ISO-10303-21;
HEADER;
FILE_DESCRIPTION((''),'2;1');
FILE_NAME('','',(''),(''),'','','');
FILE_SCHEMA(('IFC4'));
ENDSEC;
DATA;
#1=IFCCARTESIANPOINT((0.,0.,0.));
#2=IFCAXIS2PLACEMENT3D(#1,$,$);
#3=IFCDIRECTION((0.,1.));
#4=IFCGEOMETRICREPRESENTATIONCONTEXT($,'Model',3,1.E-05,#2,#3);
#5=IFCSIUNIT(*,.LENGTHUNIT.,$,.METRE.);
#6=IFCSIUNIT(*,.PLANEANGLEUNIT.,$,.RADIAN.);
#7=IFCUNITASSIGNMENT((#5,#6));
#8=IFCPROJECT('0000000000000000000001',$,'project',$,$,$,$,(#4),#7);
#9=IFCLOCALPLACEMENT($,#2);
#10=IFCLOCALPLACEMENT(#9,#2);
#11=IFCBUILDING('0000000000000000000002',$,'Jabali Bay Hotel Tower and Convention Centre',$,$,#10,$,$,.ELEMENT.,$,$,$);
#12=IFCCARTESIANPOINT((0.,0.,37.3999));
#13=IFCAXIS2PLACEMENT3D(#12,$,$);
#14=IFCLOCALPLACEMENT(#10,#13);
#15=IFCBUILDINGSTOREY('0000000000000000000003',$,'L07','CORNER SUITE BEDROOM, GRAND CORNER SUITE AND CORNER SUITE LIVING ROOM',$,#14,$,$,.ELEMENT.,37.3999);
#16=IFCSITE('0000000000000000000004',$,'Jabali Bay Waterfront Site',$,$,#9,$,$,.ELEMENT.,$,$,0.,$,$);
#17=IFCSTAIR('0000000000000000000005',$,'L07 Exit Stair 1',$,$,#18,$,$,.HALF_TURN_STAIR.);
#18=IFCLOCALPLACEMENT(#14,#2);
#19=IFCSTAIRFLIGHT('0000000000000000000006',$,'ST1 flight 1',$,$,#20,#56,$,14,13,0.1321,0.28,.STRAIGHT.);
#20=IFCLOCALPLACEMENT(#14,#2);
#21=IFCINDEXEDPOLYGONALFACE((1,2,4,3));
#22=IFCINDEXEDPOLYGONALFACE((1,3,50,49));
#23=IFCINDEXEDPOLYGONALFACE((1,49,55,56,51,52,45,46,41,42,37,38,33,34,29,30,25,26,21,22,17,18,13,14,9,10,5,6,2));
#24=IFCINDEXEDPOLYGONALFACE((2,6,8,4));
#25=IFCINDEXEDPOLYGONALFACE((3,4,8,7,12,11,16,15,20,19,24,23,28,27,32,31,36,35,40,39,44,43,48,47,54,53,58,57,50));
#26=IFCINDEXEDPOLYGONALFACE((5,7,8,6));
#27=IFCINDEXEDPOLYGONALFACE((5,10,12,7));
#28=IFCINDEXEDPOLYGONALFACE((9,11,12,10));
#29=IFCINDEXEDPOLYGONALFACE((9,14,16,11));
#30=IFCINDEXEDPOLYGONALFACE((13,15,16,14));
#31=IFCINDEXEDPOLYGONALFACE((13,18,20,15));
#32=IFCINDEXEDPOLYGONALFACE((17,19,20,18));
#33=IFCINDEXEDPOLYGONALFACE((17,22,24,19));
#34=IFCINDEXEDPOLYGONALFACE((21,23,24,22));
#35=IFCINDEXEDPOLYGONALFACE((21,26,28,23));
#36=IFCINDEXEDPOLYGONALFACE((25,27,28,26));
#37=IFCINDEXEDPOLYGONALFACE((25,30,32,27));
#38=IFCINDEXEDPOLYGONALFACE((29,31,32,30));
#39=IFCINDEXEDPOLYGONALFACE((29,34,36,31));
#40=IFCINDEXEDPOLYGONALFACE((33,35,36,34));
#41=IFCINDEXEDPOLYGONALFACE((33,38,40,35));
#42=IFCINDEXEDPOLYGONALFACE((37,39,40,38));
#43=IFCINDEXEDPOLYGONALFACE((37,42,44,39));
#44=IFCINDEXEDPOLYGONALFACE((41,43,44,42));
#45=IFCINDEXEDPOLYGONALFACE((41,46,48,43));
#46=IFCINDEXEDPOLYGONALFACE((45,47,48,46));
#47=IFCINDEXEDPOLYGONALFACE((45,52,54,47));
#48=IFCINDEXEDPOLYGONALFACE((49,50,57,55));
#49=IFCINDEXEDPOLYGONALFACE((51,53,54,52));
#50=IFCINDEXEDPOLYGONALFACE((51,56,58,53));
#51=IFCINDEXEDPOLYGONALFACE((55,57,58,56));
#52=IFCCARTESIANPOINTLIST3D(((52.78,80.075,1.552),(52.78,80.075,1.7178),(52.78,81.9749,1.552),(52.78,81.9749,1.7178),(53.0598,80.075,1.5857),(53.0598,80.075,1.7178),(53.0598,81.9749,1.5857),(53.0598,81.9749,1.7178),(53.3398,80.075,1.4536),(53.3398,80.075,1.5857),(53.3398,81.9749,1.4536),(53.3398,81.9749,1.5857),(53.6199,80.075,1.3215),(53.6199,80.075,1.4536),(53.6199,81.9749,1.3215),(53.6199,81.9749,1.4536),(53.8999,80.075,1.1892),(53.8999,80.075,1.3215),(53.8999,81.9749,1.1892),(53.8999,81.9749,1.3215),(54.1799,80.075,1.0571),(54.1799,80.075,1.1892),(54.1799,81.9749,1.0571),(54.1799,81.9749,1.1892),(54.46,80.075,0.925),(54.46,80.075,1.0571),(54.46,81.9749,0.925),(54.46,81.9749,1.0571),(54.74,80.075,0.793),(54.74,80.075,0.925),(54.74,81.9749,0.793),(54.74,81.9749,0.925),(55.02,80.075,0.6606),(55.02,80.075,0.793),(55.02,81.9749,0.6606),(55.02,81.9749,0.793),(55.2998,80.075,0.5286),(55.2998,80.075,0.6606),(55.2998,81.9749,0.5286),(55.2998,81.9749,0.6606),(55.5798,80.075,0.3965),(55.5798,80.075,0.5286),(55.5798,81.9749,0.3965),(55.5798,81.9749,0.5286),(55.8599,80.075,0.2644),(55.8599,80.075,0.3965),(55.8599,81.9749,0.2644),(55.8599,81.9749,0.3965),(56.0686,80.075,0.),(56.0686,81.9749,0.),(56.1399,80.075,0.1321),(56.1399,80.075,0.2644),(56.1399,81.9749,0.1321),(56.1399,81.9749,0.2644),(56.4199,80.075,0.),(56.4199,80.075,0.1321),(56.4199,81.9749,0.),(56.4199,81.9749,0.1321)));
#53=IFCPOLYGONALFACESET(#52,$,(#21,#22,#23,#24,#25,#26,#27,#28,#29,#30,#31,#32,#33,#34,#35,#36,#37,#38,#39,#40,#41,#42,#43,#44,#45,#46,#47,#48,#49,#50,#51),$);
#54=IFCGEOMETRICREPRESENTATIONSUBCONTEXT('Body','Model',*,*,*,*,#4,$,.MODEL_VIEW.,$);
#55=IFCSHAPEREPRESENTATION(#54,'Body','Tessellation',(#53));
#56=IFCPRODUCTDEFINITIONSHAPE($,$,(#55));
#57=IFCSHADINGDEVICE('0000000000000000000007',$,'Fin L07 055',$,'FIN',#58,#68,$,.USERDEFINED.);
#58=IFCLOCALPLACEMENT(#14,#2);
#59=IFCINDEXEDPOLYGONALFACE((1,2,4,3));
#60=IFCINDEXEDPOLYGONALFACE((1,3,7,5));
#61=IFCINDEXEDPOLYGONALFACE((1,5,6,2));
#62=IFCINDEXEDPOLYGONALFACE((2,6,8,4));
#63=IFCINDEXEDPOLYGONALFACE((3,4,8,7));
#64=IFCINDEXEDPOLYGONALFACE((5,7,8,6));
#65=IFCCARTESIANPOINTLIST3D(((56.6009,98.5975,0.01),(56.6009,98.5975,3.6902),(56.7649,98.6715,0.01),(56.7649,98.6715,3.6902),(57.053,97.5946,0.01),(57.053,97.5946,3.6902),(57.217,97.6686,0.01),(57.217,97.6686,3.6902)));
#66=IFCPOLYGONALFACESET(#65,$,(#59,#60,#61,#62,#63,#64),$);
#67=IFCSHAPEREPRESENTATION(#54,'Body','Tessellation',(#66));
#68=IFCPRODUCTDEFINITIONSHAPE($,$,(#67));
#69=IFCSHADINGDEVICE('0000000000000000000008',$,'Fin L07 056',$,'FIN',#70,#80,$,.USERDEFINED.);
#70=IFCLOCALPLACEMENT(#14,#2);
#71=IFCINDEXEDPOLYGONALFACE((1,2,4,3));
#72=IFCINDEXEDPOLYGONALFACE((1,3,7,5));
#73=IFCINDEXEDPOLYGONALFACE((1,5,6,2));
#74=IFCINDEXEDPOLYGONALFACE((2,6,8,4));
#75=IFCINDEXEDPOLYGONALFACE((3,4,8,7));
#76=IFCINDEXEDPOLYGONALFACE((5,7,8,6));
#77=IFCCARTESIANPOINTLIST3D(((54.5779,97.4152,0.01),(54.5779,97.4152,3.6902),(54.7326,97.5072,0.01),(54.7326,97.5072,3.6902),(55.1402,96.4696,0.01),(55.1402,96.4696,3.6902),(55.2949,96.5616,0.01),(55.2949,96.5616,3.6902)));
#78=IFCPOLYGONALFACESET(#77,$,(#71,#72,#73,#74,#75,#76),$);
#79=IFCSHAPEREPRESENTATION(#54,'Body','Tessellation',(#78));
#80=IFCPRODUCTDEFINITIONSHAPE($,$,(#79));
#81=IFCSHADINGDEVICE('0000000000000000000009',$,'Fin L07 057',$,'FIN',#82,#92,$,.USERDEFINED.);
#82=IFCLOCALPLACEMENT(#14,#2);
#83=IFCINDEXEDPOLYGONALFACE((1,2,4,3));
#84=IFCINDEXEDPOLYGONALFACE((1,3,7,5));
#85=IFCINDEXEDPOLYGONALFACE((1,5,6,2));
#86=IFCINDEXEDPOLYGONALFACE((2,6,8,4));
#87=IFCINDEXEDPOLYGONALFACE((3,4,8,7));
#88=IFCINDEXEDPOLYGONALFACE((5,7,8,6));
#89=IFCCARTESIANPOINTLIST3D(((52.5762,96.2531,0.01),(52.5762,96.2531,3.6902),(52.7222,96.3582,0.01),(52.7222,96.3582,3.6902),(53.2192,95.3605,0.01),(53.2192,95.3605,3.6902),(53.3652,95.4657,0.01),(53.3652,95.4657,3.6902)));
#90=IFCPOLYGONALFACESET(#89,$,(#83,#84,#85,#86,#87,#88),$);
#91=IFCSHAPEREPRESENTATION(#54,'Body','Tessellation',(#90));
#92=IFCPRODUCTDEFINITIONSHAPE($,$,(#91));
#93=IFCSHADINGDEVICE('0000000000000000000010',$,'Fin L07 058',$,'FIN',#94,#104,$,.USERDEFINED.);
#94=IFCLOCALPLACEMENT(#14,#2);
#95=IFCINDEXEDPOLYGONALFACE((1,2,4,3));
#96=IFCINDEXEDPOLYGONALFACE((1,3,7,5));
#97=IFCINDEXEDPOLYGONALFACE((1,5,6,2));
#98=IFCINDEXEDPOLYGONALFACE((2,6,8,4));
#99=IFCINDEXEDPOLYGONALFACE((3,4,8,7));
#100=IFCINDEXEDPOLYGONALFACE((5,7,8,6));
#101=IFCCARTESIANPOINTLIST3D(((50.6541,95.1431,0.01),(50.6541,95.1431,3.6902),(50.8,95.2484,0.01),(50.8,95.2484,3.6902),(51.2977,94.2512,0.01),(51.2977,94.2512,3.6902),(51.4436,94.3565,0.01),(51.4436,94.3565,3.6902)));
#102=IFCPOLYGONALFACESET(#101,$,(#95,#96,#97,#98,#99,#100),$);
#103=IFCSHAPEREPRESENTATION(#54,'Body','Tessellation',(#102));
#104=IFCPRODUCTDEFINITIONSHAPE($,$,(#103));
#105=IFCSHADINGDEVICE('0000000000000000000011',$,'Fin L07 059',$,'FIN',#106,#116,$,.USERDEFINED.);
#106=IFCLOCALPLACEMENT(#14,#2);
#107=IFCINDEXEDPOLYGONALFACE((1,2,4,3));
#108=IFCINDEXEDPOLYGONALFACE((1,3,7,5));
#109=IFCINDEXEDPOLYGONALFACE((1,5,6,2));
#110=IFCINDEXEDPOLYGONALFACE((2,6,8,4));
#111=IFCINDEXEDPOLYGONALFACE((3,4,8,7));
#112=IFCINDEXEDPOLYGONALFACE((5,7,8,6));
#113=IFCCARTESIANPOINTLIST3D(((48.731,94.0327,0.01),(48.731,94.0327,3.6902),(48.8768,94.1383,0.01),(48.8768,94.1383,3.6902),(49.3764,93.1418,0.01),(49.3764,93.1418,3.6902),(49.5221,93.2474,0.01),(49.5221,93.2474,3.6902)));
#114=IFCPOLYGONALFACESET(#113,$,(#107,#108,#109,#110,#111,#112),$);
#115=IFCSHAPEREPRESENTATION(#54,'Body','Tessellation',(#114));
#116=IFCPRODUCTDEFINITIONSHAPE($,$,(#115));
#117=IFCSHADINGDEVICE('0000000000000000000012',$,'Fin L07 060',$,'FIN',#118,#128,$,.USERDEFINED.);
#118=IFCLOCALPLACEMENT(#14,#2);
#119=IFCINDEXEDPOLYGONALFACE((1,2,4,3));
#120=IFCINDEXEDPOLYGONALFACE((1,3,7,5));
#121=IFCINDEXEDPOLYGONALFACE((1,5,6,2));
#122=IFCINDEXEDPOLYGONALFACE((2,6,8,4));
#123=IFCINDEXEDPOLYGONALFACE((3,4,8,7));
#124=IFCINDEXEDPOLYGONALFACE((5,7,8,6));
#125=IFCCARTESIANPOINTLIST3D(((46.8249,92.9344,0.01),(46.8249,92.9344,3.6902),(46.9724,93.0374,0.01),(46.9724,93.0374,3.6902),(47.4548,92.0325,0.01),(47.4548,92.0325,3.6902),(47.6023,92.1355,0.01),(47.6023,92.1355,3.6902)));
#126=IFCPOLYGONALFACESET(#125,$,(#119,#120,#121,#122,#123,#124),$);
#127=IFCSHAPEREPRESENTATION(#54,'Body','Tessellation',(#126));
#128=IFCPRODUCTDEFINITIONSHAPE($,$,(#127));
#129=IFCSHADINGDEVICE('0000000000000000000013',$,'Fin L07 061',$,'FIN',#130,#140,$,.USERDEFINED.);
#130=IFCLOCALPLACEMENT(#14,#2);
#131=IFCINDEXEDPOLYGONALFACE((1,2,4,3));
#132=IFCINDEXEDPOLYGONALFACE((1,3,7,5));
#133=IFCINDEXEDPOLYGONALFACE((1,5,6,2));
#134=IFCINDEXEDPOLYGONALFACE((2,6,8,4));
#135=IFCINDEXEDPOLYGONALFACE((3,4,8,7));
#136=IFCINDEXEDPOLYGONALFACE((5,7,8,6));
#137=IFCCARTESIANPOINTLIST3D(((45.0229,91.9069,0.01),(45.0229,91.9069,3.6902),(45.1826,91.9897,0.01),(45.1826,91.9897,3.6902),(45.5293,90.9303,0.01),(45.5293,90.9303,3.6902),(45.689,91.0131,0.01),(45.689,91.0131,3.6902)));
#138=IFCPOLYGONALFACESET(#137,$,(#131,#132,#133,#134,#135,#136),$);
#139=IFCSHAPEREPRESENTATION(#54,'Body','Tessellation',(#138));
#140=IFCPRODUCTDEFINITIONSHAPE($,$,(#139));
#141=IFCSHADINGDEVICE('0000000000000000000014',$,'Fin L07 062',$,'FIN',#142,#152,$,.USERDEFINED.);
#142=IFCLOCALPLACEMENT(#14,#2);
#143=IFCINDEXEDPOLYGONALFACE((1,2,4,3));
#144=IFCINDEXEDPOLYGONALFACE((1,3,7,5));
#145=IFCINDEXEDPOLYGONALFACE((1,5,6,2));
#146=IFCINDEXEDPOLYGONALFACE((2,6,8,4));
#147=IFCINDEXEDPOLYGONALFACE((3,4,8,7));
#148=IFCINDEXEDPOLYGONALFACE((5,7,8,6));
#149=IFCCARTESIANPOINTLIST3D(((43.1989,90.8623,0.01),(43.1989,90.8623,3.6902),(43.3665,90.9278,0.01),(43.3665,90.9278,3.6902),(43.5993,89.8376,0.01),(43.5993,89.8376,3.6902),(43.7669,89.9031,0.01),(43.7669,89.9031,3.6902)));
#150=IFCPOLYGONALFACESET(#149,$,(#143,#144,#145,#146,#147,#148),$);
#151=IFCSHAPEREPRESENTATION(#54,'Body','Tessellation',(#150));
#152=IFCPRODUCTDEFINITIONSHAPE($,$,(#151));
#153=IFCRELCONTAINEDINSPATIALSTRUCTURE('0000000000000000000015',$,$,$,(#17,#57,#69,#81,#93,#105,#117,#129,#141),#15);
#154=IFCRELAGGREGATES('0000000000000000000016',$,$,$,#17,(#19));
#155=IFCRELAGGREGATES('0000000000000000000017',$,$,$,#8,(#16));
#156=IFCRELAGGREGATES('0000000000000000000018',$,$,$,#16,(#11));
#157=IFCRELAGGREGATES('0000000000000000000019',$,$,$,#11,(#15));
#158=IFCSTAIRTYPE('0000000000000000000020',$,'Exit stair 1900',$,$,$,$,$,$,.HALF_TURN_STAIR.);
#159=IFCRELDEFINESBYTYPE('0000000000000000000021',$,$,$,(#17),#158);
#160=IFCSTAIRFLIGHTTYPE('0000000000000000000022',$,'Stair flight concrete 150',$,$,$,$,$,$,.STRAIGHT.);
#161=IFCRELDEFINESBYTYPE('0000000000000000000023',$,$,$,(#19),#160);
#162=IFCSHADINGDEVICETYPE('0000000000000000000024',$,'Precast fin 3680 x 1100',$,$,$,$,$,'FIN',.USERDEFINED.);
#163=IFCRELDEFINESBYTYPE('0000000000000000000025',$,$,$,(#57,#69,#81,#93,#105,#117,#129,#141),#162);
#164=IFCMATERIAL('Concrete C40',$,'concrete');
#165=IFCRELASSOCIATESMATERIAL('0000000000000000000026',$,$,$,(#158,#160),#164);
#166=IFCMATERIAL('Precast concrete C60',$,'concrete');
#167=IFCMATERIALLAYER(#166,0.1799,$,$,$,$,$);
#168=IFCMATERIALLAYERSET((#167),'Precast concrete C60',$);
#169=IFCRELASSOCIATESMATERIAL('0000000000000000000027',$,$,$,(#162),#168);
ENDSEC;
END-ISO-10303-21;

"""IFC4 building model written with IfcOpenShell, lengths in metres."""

from ifc_helpers import new_model, si_unit, direction, frame, frame_2d, origin, place, context, subcontext, project, spatial, polyline, rectangle, outline, extrude, material, layer, layer_set, type_object, element, aggregate, save


model = new_model("IFC4")

# Units and contexts
model_context = context("Model", 3, precision=1e-05, world=origin(), true_north=direction((0.0, 1.0)))
body_context = subcontext(model_context, "Body", "Model", "MODEL_VIEW")
ifc_project = project(units=[si_unit("LENGTHUNIT", "METRE"), si_unit("PLANEANGLEUNIT", "RADIAN")], contexts=[model_context])

# Site, building, storey
site_placement = place(None, origin())
site = spatial("IfcSite", under=ifc_project, at=site_placement, Name="Jabali Bay Waterfront Site", CompositionType="ELEMENT", RefElevation=0.0)
building_placement = place(site_placement, origin())
building = spatial("IfcBuilding", under=site, at=building_placement, Name="Jabali Bay Hotel Tower and Convention Centre", CompositionType="ELEMENT")
storey_placement = place(building_placement, frame((0.0, 0.0, 37.3999)))
storey = spatial("IfcBuildingStorey", under=building, at=storey_placement, Name="L07", Description="CORNER SUITE BEDROOM, GRAND CORNER SUITE AND CORNER SUITE LIVING ROOM", CompositionType="ELEMENT", Elevation=37.3999)

# Shared definitions
ifc_material_1 = material(Name="Concrete C40", Category="concrete")

# Stair, stair flight
stair_type = type_object("IfcStairType", Name="Exit stair 1900", PredefinedType="HALF_TURN_STAIR", material=ifc_material_1)
stair_placement = place(storey_placement, origin())
stair = element("IfcStair", 1, at=stair_placement, inside=storey, type_object=stair_type, Name="L07 Exit Stair 1", PredefinedType="HALF_TURN_STAIR")
stair_flight_type = type_object("IfcStairFlightType", Name="Stair flight concrete 150", PredefinedType="STRAIGHT", material=ifc_material_1)
stair_flight_placement = place(storey_placement, frame((56.4199, 81.0249, 0.0), z_axis=(0.0, 0.0, 1.0), x_axis=(-1.0, 0.0, 0.0)))
stair_flight = element("IfcStairFlight", 2, at=stair_flight_placement, type_object=stair_flight_type, Name="ST1 flight 1", NumberOfRisers=14, NumberOfTreads=13, PredefinedType="STRAIGHT", RiserHeight=0.1321, TreadLength=0.28, context=body_context, shape_type="SweptSolid", body=[
    extrude(outline(polyline([(0.0, 0.0), (0.0, 0.1321), (0.28, 0.1321), (0.28, 0.2644), (0.5601, 0.2644), (0.5601, 0.3965), (0.8401, 0.3965), (0.8401, 0.5286), (1.1201, 0.5286), (1.1201, 0.6606), (1.3999, 0.6606), (1.3999, 0.793), (1.6799, 0.793), (1.6799, 0.925), (1.96, 0.925), (1.96, 1.0571), (2.24, 1.0571), (2.24, 1.1892), (2.52, 1.1892), (2.52, 1.3215), (2.8, 1.3215), (2.8, 1.4536), (3.0801, 1.4536), (3.0801, 1.5857), (3.3601, 1.5857), (3.3601, 1.7178), (3.6399, 1.7178), (3.6399, 1.8501), (3.6399, 1.552), (0.3513, 0.0), (0.0, 0.0)])), frame((0.0, 0.95, 0.0), z_axis=(0.0, -1.0, 0.0), x_axis=(1.0, 0.0, 0.0)), (0.0, 0.0, 1.0), 1.8999),
])
aggregate(stair, [stair_flight])

# Shading devices
ifc_material_2 = material(Name="Precast concrete C60", Category="concrete")
ifc_layer_1 = layer(ifc_material_2, 0.1799)
ifc_layer_set_1 = layer_set([ifc_layer_1], Name="Precast concrete C60")
shading_device_type = type_object("IfcShadingDeviceType", Name="Precast fin 3680 x 1100", ElementType="FIN", PredefinedType="USERDEFINED", material=ifc_layer_set_1)
for number, where, z_axis, x_axis, name in (
    (3, (57.135, 97.6316, 0.01), (0.0, 0.0, 1.0), (-0.410992, 0.911639, 0.0), "Fin L07 055"),
    (4, (55.2175, 96.5156, 0.01), (0.0, 0.0, 1.0), (-0.511098, 0.859523, 0.0), "Fin L07 056"),
    (5, (53.2922, 95.4131, 0.01), (0.0, 0.0, 1.0), (-0.58455, 0.811358, 0.0), "Fin L07 057"),
):
    element("IfcShadingDevice", number, at=place(storey_placement, frame(where, z_axis=z_axis, x_axis=x_axis)), inside=storey, type_object=shading_device_type, Name=name, ObjectType="FIN", PredefinedType="USERDEFINED", context=body_context, shape_type="SweptSolid", body=[
        extrude(rectangle(XDim=1.1001, YDim=0.1799, at=frame_2d((0.55, 0.0))), origin(), (0.0, 0.0, 1.0), 3.6802),
    ])
shading_device_placement = place(storey_placement, frame((51.3706, 94.304, 0.01), z_axis=(0.0, 0.0, 1.0), x_axis=(-0.585158, 0.810919, 0.0)))
element("IfcShadingDevice", 6, at=shading_device_placement, inside=storey, type_object=shading_device_type, Name="Fin L07 058", ObjectType="FIN", PredefinedType="USERDEFINED", context=body_context, shape_type="SweptSolid", body=[
    extrude(rectangle(XDim=1.0999, YDim=0.1799, at=frame_2d((0.5498, 0.0))), origin(), (0.0, 0.0, 1.0), 3.6802),
])
for number, where, z_axis, x_axis, name in (
    (7, (49.4492, 93.1946, 0.01), (0.0, 0.0, 1.0), (-0.5866, 0.809877, 0.0), "Fin L07 059"),
    (8, (47.5286, 92.084, 0.01), (0.0, 0.0, 1.0), (-0.572598, 0.819836, 0.0), "Fin L07 060"),
    (9, (45.6091, 90.9717, 0.01), (0.0, 0.0, 1.0), (-0.460304, 0.887761, 0.0), "Fin L07 061"),
    (10, (43.6831, 89.8704, 0.01), (0.0, 0.0, 1.0), (-0.363956, 0.931416, 0.0), "Fin L07 062"),
):
    element("IfcShadingDevice", number, at=place(storey_placement, frame(where, z_axis=z_axis, x_axis=x_axis)), inside=storey, type_object=shading_device_type, Name=name, ObjectType="FIN", PredefinedType="USERDEFINED", context=body_context, shape_type="SweptSolid", body=[
        extrude(rectangle(XDim=1.1001, YDim=0.1799, at=frame_2d((0.55, 0.0))), origin(), (0.0, 0.0, 1.0), 3.6802),
    ])

save(model, "model.ifc")
